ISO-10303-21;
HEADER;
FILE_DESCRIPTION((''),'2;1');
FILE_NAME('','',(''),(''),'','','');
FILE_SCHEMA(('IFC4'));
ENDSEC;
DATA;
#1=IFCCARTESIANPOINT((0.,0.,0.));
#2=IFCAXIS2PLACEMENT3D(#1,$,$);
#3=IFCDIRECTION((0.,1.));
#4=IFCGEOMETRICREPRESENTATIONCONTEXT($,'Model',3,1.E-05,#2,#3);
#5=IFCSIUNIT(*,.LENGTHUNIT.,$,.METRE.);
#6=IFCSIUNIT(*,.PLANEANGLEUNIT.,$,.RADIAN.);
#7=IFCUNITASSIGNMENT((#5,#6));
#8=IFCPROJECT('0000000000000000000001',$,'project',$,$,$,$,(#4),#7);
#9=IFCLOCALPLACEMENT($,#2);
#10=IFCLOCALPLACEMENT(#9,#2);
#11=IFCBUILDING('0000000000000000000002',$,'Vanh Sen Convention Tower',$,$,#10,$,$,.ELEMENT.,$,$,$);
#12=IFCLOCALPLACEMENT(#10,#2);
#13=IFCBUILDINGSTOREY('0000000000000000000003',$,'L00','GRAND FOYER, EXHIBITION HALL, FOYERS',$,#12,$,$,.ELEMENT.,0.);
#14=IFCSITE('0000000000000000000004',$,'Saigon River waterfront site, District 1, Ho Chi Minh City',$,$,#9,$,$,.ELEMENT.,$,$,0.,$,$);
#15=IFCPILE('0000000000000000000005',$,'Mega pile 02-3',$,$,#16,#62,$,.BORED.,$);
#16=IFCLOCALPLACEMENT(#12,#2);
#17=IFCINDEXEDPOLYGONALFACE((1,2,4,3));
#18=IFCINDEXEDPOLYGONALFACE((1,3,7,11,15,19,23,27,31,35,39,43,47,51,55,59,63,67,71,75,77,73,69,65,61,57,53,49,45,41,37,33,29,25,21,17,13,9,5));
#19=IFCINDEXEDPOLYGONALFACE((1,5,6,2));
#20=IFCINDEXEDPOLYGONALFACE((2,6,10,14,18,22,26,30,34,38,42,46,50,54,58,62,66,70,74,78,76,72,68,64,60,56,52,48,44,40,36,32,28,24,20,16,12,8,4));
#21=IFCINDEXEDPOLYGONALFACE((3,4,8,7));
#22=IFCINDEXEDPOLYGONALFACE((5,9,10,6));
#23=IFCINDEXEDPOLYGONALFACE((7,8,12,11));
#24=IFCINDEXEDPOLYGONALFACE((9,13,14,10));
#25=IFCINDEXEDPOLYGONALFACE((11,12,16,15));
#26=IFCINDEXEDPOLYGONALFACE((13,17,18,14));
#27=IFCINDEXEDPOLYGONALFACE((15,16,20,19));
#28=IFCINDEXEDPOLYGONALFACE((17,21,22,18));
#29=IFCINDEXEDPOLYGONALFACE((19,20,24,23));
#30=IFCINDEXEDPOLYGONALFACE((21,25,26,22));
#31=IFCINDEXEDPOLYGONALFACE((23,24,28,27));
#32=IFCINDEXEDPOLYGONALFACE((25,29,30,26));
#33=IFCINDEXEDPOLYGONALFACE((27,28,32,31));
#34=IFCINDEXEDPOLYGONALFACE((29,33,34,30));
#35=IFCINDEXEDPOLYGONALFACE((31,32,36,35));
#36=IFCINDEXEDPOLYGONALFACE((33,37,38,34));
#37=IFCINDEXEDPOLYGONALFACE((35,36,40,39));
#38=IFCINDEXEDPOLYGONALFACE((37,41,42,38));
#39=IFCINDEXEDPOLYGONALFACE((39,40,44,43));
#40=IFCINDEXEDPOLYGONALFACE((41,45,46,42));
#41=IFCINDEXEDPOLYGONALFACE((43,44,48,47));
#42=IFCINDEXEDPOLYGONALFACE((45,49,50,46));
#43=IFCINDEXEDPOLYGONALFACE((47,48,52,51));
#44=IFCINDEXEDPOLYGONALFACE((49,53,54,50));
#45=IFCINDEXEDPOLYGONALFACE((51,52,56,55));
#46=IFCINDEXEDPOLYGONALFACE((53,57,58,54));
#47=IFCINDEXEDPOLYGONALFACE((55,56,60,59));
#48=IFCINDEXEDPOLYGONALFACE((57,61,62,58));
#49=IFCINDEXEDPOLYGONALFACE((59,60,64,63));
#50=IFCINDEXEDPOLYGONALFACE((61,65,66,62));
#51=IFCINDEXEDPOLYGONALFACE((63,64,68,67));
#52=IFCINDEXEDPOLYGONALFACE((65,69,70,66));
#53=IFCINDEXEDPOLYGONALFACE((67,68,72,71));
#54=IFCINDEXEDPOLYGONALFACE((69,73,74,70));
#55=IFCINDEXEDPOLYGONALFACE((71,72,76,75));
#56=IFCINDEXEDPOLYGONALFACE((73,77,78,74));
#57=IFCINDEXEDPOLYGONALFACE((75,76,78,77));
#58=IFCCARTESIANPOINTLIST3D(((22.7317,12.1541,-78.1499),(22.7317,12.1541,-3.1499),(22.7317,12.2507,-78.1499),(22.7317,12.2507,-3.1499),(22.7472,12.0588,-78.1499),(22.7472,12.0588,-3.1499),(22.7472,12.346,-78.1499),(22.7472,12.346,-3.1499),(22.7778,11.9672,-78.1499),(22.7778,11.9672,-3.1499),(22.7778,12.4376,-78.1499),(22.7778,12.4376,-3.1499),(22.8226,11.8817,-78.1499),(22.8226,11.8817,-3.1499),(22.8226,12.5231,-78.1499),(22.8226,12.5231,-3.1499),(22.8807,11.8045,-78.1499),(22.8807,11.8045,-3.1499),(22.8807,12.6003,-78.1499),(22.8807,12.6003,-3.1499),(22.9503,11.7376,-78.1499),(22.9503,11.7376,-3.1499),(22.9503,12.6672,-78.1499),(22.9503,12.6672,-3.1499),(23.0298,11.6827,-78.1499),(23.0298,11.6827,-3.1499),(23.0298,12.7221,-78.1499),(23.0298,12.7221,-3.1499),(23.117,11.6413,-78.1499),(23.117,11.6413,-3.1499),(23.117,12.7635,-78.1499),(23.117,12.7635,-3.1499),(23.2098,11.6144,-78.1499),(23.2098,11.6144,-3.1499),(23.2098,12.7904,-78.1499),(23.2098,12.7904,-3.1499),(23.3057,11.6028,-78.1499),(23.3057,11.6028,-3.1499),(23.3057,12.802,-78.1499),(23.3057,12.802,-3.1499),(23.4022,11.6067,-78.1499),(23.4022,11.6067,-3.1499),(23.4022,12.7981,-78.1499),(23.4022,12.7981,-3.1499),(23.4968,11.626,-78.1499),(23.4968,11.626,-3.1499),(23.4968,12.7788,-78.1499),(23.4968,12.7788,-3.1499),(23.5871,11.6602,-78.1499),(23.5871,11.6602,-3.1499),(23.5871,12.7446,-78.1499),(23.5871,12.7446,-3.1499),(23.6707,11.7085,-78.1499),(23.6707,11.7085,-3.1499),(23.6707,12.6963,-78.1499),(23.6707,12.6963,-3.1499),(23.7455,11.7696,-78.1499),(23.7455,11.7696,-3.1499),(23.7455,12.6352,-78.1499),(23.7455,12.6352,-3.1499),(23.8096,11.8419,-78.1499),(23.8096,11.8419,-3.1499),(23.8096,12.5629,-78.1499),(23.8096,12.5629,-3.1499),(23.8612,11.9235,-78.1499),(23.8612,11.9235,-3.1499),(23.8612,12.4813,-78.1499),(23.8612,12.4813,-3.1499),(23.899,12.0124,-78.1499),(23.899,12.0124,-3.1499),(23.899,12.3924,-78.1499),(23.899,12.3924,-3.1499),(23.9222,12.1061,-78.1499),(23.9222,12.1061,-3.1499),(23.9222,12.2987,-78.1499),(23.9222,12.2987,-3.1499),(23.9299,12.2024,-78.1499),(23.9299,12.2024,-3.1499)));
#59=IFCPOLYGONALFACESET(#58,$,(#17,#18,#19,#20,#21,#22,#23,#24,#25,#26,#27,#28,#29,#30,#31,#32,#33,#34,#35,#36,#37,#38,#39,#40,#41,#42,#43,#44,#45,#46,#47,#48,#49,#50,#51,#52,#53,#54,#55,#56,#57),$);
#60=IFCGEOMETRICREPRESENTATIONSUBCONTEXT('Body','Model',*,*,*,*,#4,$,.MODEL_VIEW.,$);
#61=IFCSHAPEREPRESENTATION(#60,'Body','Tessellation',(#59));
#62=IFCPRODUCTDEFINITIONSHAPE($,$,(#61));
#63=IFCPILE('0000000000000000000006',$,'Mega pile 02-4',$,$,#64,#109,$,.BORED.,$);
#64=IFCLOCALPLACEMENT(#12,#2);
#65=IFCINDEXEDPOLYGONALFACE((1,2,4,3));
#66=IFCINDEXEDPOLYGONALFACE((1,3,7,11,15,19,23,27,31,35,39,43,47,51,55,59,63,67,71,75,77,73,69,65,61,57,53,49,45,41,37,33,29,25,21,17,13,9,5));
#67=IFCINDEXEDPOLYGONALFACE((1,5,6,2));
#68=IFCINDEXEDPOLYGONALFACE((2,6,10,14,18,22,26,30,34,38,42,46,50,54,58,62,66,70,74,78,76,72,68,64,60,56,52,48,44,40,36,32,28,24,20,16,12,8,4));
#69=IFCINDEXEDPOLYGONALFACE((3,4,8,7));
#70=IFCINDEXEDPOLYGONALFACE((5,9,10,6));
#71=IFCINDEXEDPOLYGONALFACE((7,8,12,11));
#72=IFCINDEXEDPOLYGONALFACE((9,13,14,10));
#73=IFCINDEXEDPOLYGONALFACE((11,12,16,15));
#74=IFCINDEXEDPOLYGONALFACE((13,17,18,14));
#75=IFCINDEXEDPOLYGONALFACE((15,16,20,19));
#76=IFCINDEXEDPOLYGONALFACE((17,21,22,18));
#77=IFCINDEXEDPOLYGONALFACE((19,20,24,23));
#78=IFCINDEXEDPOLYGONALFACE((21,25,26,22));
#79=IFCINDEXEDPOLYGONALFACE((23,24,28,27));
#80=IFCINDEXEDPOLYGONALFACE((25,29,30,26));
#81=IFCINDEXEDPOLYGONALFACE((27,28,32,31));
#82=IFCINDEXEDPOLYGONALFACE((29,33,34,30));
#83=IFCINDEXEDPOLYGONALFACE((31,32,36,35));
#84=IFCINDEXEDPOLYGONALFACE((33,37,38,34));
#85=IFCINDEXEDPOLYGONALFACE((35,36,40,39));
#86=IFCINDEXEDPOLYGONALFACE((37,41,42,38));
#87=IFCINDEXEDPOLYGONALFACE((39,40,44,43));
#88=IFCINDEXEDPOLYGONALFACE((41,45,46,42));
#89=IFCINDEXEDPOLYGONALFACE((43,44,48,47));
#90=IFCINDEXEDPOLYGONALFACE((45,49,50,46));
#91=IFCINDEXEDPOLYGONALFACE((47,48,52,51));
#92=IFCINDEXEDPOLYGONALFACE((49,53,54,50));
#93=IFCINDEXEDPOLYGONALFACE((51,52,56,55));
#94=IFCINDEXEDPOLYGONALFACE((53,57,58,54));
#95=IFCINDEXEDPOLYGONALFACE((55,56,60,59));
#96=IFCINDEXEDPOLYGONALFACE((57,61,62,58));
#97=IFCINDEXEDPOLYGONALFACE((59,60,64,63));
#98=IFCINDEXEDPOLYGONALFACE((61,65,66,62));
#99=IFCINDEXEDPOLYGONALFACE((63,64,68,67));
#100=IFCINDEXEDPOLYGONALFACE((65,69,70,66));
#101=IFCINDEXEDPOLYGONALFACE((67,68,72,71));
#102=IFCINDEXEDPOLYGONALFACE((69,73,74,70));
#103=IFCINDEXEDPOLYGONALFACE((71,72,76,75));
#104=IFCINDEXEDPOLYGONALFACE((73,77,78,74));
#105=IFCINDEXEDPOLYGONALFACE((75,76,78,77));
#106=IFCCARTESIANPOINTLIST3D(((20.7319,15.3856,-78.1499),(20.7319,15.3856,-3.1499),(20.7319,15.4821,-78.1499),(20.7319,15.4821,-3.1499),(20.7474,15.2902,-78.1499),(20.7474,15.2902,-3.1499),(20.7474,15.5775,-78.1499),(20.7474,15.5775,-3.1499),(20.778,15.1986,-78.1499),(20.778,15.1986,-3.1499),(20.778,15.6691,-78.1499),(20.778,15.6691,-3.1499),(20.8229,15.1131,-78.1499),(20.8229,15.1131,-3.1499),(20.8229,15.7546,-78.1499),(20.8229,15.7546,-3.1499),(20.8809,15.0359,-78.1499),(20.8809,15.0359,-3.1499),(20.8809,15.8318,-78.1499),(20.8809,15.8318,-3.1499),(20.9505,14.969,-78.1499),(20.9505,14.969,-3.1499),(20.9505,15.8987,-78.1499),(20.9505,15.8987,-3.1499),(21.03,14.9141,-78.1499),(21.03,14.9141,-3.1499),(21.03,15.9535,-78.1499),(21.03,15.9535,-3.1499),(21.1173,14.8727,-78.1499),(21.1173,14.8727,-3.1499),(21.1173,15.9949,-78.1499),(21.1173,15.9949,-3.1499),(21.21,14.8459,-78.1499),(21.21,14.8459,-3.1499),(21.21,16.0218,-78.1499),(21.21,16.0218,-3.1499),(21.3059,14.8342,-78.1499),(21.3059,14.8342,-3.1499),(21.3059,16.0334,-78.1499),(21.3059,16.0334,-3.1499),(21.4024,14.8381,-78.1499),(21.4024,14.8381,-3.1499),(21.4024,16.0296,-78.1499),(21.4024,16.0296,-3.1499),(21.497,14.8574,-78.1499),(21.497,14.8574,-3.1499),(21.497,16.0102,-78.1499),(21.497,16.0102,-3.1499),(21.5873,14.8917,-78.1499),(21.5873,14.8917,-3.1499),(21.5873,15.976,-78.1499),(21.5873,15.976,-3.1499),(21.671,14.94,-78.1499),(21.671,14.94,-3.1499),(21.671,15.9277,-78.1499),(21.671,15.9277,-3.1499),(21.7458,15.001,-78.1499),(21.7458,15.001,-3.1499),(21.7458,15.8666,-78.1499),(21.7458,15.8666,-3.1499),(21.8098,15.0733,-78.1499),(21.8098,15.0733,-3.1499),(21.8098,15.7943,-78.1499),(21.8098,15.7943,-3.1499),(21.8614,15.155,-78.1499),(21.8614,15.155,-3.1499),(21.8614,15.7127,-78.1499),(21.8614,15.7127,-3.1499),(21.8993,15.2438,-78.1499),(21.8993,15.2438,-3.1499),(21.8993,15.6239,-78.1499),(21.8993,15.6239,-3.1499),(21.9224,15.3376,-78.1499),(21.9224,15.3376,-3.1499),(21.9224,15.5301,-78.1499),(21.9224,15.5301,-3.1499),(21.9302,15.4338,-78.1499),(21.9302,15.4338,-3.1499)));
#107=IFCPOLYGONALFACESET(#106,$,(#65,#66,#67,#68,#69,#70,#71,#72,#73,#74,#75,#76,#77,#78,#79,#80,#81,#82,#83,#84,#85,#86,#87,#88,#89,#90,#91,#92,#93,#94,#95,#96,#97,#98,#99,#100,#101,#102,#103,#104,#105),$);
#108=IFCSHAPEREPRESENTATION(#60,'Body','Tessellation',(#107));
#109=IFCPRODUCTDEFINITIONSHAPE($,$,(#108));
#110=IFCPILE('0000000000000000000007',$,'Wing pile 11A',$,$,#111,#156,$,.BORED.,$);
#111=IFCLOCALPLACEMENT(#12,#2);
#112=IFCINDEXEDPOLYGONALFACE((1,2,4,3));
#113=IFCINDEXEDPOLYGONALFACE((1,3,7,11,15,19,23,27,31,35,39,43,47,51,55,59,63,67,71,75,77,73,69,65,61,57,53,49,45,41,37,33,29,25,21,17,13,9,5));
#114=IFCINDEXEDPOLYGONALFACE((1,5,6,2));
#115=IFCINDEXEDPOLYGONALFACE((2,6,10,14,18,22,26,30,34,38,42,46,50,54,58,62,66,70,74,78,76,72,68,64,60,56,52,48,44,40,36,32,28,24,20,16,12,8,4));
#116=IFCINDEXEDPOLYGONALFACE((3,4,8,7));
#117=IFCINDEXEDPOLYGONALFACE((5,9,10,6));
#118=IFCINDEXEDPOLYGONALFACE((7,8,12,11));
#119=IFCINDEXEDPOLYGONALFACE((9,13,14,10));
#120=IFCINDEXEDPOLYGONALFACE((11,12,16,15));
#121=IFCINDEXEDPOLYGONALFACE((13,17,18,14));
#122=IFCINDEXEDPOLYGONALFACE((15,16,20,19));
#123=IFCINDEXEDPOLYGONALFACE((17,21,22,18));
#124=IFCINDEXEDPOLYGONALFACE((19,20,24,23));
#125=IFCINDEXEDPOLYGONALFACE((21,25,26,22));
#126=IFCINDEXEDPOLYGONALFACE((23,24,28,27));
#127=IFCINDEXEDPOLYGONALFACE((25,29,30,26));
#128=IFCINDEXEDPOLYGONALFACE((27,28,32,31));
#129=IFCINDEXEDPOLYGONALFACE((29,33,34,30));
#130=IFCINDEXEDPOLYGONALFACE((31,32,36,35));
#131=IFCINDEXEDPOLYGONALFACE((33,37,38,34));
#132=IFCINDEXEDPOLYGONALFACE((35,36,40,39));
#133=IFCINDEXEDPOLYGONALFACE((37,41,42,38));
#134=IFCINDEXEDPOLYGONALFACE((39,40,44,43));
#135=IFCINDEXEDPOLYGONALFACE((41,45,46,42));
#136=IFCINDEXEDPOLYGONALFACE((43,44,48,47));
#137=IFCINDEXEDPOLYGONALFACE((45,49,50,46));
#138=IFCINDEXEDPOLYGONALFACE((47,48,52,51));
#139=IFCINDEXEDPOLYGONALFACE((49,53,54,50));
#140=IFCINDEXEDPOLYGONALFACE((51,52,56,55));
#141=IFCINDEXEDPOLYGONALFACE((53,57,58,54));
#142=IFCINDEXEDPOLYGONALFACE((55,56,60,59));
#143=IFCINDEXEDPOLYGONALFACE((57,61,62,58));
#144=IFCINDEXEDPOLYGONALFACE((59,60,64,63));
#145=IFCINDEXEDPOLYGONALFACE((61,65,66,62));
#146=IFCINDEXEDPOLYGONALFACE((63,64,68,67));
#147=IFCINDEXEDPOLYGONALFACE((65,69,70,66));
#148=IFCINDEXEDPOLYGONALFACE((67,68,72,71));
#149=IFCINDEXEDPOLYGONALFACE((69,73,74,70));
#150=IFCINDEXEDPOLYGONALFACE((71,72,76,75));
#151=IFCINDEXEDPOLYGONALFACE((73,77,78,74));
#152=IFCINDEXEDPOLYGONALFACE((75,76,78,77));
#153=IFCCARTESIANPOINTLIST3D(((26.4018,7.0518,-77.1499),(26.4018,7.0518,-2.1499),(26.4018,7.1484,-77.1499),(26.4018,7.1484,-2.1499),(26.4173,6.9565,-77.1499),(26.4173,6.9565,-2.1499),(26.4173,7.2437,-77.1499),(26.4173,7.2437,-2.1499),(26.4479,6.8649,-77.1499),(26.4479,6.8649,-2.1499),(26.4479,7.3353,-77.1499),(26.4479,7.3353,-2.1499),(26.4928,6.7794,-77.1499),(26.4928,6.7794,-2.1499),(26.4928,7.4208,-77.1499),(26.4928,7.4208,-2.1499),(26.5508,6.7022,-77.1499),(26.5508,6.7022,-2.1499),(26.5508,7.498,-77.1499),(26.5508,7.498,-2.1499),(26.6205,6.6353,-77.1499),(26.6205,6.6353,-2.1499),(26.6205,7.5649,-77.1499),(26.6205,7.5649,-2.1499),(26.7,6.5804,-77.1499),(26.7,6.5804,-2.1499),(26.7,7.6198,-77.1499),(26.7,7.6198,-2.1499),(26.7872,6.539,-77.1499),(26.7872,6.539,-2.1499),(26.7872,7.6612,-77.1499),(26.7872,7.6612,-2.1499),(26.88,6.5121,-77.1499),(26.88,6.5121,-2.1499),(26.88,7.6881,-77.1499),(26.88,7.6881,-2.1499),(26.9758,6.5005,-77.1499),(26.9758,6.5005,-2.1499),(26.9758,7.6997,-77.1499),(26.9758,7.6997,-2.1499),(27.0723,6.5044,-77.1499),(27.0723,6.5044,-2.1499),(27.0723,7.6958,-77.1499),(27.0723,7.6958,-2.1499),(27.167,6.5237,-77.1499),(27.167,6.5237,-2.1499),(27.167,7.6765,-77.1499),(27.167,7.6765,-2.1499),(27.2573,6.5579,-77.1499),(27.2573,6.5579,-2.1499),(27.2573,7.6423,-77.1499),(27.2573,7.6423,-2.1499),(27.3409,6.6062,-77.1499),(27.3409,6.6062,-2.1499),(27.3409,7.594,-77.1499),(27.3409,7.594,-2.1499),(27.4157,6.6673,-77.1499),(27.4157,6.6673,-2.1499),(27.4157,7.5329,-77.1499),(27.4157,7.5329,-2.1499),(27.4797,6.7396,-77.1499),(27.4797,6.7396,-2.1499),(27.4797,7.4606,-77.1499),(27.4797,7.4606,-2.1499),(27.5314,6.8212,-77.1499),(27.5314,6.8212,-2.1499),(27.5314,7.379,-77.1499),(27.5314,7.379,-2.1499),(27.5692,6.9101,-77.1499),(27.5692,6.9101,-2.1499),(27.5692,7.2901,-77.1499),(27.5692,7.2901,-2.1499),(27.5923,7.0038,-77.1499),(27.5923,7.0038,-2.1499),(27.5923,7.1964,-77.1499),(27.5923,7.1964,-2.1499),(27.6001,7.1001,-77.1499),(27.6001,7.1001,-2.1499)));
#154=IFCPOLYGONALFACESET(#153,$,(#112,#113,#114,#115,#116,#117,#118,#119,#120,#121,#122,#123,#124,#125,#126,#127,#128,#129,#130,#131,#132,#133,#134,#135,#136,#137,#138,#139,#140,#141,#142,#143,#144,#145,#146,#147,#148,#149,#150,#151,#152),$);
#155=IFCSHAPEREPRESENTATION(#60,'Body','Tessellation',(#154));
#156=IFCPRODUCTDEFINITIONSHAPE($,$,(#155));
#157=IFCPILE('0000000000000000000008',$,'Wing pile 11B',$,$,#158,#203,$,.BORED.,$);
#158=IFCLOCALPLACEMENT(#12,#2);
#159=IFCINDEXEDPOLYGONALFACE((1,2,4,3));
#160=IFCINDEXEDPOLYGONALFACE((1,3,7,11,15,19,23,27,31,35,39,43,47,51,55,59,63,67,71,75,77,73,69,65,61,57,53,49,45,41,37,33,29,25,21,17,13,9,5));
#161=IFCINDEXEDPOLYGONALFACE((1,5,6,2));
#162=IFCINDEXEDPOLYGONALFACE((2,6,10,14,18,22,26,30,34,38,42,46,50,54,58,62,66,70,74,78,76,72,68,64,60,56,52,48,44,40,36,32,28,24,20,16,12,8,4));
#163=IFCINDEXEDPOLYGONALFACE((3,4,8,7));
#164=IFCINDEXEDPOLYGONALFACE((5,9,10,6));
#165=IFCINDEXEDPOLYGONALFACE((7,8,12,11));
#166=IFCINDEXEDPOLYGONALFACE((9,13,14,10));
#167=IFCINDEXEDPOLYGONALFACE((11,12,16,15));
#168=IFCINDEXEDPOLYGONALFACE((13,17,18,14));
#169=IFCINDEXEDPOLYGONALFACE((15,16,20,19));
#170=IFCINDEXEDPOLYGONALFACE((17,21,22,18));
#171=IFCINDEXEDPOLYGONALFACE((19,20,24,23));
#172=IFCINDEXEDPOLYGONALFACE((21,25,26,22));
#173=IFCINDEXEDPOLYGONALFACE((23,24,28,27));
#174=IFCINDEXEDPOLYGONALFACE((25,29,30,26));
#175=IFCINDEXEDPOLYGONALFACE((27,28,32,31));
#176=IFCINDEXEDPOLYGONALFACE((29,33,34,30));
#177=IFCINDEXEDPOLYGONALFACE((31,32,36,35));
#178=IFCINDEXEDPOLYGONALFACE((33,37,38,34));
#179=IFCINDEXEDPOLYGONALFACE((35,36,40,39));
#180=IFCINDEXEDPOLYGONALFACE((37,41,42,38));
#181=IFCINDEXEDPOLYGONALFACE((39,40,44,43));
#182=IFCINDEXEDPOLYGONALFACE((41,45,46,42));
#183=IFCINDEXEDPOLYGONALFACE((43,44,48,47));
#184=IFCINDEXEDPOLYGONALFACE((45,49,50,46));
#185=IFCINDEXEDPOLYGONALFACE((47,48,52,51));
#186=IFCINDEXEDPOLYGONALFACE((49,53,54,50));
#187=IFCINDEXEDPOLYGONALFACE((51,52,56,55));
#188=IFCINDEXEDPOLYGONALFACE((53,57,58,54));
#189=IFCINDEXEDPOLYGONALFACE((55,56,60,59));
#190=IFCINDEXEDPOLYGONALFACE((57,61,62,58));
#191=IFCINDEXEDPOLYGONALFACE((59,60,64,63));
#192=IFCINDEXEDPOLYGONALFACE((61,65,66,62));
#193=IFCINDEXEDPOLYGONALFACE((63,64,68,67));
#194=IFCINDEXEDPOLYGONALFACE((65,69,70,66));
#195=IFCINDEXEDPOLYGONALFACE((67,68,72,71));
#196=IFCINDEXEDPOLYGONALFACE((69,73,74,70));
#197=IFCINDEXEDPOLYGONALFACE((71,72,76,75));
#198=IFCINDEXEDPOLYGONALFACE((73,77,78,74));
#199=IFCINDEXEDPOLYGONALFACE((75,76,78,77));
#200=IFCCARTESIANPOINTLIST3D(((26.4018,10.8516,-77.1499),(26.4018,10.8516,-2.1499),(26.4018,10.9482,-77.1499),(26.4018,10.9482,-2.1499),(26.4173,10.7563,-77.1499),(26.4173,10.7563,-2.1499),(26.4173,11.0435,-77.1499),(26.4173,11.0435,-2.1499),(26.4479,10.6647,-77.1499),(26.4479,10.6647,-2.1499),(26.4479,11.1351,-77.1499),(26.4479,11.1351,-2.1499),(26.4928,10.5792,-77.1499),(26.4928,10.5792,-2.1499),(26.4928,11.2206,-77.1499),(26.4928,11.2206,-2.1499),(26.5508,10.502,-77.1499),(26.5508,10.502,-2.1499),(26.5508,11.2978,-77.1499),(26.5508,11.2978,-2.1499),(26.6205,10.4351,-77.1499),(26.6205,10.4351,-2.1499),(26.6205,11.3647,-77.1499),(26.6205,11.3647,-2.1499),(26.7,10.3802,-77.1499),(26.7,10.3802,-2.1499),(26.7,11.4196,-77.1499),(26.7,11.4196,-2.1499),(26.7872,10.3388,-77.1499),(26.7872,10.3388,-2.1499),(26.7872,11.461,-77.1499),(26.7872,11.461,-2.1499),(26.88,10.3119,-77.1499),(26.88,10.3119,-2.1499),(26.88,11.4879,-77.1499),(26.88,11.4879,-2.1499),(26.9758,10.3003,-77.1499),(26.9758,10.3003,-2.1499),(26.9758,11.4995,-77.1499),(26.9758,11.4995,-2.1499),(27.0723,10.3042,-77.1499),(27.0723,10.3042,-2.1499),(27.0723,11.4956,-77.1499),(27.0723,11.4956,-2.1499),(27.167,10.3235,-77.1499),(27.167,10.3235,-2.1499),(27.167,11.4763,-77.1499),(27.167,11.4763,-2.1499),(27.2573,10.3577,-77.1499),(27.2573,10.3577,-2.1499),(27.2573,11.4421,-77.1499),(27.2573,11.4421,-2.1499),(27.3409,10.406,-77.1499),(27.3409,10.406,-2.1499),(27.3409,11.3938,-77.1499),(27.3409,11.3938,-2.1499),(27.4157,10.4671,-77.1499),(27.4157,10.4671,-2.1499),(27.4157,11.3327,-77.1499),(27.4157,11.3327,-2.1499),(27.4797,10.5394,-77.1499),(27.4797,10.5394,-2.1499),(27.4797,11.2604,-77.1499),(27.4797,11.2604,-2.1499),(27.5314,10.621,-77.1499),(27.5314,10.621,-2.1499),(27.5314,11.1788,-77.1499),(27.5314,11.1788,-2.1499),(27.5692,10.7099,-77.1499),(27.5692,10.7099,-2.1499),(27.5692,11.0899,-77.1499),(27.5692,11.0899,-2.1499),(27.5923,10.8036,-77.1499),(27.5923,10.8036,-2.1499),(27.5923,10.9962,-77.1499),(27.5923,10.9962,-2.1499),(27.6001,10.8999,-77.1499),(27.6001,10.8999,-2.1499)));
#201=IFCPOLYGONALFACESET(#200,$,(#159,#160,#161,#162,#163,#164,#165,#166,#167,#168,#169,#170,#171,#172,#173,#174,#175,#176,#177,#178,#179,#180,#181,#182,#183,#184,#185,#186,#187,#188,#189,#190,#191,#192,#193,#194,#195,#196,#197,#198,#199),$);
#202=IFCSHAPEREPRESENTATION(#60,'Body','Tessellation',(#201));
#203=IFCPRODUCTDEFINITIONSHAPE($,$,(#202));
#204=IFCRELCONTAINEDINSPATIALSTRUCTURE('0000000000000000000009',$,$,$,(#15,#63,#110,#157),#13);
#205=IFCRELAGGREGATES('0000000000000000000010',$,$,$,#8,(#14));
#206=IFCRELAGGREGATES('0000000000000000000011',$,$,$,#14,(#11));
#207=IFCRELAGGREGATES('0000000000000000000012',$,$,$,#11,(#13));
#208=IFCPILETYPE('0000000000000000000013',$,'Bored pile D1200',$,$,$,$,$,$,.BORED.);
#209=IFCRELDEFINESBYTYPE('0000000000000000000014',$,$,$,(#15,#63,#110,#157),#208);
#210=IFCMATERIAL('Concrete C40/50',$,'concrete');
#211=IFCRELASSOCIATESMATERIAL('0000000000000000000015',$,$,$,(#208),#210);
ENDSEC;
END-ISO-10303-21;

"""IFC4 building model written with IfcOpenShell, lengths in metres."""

from ifc_helpers import new_model, si_unit, direction, frame, origin, origin_2d, place, context, subcontext, project, spatial, circle, extrude, material, material_profile, profile_set, type_object, element, save


model = new_model("IFC4")

# Units and contexts
model_context = context("Model", 3, precision=1e-05, world=origin(), true_north=direction((0.0, 1.0)))
body_context = subcontext(model_context, "Body", "Model", "MODEL_VIEW")
ifc_project = project(units=[si_unit("LENGTHUNIT", "METRE"), si_unit("PLANEANGLEUNIT", "RADIAN")], contexts=[model_context])

# Site, building, storey
site_placement = place(None, origin())
site = spatial("IfcSite", under=ifc_project, at=site_placement, Name="Saigon River waterfront site, District 1, Ho Chi Minh City", CompositionType="ELEMENT", RefElevation=0.0)
building_placement = place(site_placement, origin())
building = spatial("IfcBuilding", under=site, at=building_placement, Name="Vanh Sen Convention Tower", CompositionType="ELEMENT")
storey_placement = place(building_placement, origin())
storey = spatial("IfcBuildingStorey", under=building, at=storey_placement, Name="L00", Description="GRAND FOYER, EXHIBITION HALL, FOYERS", CompositionType="ELEMENT", Elevation=0.0)

# Piles
ifc_material_1 = material(Name="Concrete C40/50", Category="concrete")
ifc_material_profile_1 = material_profile(ifc_material_1, circle(Radius=0.6001, at=origin_2d()), Name="Bored pile D1200")
ifc_profile_set_1 = profile_set([ifc_material_profile_1], Name="Concrete C40/50")
pile_type = type_object("IfcPileType", Name="Bored pile D1200", PredefinedType="BORED", material=ifc_profile_set_1)
for number, where, z_axis, x_axis, name in (
    (1, (23.3298, 12.2024, -3.1499), (0.0, 0.0, -1.0), (1.0, 0.0, 0.0), "Mega pile 02-3"),
    (2, (21.3301, 15.4338, -3.1499), (0.0, 0.0, -1.0), (1.0, 0.0, 0.0), "Mega pile 02-4"),
    (3, (27.0, 7.1001, -2.1499), (0.0, 0.0, -1.0), (1.0, 0.0, 0.0), "Wing pile 11A"),
    (4, (27.0, 10.8999, -2.1499), (0.0, 0.0, -1.0), (1.0, 0.0, 0.0), "Wing pile 11B"),
):
    element("IfcPile", number, at=place(storey_placement, frame(where, z_axis=z_axis, x_axis=x_axis)), inside=storey, type_object=pile_type, Name=name, PredefinedType="BORED", context=body_context, shape_type="SweptSolid", body=[
        extrude(circle(Radius=0.6001, at=origin_2d()), origin(), (0.0, 0.0, 1.0), 75.0),
    ])

save(model, "model.ifc")
